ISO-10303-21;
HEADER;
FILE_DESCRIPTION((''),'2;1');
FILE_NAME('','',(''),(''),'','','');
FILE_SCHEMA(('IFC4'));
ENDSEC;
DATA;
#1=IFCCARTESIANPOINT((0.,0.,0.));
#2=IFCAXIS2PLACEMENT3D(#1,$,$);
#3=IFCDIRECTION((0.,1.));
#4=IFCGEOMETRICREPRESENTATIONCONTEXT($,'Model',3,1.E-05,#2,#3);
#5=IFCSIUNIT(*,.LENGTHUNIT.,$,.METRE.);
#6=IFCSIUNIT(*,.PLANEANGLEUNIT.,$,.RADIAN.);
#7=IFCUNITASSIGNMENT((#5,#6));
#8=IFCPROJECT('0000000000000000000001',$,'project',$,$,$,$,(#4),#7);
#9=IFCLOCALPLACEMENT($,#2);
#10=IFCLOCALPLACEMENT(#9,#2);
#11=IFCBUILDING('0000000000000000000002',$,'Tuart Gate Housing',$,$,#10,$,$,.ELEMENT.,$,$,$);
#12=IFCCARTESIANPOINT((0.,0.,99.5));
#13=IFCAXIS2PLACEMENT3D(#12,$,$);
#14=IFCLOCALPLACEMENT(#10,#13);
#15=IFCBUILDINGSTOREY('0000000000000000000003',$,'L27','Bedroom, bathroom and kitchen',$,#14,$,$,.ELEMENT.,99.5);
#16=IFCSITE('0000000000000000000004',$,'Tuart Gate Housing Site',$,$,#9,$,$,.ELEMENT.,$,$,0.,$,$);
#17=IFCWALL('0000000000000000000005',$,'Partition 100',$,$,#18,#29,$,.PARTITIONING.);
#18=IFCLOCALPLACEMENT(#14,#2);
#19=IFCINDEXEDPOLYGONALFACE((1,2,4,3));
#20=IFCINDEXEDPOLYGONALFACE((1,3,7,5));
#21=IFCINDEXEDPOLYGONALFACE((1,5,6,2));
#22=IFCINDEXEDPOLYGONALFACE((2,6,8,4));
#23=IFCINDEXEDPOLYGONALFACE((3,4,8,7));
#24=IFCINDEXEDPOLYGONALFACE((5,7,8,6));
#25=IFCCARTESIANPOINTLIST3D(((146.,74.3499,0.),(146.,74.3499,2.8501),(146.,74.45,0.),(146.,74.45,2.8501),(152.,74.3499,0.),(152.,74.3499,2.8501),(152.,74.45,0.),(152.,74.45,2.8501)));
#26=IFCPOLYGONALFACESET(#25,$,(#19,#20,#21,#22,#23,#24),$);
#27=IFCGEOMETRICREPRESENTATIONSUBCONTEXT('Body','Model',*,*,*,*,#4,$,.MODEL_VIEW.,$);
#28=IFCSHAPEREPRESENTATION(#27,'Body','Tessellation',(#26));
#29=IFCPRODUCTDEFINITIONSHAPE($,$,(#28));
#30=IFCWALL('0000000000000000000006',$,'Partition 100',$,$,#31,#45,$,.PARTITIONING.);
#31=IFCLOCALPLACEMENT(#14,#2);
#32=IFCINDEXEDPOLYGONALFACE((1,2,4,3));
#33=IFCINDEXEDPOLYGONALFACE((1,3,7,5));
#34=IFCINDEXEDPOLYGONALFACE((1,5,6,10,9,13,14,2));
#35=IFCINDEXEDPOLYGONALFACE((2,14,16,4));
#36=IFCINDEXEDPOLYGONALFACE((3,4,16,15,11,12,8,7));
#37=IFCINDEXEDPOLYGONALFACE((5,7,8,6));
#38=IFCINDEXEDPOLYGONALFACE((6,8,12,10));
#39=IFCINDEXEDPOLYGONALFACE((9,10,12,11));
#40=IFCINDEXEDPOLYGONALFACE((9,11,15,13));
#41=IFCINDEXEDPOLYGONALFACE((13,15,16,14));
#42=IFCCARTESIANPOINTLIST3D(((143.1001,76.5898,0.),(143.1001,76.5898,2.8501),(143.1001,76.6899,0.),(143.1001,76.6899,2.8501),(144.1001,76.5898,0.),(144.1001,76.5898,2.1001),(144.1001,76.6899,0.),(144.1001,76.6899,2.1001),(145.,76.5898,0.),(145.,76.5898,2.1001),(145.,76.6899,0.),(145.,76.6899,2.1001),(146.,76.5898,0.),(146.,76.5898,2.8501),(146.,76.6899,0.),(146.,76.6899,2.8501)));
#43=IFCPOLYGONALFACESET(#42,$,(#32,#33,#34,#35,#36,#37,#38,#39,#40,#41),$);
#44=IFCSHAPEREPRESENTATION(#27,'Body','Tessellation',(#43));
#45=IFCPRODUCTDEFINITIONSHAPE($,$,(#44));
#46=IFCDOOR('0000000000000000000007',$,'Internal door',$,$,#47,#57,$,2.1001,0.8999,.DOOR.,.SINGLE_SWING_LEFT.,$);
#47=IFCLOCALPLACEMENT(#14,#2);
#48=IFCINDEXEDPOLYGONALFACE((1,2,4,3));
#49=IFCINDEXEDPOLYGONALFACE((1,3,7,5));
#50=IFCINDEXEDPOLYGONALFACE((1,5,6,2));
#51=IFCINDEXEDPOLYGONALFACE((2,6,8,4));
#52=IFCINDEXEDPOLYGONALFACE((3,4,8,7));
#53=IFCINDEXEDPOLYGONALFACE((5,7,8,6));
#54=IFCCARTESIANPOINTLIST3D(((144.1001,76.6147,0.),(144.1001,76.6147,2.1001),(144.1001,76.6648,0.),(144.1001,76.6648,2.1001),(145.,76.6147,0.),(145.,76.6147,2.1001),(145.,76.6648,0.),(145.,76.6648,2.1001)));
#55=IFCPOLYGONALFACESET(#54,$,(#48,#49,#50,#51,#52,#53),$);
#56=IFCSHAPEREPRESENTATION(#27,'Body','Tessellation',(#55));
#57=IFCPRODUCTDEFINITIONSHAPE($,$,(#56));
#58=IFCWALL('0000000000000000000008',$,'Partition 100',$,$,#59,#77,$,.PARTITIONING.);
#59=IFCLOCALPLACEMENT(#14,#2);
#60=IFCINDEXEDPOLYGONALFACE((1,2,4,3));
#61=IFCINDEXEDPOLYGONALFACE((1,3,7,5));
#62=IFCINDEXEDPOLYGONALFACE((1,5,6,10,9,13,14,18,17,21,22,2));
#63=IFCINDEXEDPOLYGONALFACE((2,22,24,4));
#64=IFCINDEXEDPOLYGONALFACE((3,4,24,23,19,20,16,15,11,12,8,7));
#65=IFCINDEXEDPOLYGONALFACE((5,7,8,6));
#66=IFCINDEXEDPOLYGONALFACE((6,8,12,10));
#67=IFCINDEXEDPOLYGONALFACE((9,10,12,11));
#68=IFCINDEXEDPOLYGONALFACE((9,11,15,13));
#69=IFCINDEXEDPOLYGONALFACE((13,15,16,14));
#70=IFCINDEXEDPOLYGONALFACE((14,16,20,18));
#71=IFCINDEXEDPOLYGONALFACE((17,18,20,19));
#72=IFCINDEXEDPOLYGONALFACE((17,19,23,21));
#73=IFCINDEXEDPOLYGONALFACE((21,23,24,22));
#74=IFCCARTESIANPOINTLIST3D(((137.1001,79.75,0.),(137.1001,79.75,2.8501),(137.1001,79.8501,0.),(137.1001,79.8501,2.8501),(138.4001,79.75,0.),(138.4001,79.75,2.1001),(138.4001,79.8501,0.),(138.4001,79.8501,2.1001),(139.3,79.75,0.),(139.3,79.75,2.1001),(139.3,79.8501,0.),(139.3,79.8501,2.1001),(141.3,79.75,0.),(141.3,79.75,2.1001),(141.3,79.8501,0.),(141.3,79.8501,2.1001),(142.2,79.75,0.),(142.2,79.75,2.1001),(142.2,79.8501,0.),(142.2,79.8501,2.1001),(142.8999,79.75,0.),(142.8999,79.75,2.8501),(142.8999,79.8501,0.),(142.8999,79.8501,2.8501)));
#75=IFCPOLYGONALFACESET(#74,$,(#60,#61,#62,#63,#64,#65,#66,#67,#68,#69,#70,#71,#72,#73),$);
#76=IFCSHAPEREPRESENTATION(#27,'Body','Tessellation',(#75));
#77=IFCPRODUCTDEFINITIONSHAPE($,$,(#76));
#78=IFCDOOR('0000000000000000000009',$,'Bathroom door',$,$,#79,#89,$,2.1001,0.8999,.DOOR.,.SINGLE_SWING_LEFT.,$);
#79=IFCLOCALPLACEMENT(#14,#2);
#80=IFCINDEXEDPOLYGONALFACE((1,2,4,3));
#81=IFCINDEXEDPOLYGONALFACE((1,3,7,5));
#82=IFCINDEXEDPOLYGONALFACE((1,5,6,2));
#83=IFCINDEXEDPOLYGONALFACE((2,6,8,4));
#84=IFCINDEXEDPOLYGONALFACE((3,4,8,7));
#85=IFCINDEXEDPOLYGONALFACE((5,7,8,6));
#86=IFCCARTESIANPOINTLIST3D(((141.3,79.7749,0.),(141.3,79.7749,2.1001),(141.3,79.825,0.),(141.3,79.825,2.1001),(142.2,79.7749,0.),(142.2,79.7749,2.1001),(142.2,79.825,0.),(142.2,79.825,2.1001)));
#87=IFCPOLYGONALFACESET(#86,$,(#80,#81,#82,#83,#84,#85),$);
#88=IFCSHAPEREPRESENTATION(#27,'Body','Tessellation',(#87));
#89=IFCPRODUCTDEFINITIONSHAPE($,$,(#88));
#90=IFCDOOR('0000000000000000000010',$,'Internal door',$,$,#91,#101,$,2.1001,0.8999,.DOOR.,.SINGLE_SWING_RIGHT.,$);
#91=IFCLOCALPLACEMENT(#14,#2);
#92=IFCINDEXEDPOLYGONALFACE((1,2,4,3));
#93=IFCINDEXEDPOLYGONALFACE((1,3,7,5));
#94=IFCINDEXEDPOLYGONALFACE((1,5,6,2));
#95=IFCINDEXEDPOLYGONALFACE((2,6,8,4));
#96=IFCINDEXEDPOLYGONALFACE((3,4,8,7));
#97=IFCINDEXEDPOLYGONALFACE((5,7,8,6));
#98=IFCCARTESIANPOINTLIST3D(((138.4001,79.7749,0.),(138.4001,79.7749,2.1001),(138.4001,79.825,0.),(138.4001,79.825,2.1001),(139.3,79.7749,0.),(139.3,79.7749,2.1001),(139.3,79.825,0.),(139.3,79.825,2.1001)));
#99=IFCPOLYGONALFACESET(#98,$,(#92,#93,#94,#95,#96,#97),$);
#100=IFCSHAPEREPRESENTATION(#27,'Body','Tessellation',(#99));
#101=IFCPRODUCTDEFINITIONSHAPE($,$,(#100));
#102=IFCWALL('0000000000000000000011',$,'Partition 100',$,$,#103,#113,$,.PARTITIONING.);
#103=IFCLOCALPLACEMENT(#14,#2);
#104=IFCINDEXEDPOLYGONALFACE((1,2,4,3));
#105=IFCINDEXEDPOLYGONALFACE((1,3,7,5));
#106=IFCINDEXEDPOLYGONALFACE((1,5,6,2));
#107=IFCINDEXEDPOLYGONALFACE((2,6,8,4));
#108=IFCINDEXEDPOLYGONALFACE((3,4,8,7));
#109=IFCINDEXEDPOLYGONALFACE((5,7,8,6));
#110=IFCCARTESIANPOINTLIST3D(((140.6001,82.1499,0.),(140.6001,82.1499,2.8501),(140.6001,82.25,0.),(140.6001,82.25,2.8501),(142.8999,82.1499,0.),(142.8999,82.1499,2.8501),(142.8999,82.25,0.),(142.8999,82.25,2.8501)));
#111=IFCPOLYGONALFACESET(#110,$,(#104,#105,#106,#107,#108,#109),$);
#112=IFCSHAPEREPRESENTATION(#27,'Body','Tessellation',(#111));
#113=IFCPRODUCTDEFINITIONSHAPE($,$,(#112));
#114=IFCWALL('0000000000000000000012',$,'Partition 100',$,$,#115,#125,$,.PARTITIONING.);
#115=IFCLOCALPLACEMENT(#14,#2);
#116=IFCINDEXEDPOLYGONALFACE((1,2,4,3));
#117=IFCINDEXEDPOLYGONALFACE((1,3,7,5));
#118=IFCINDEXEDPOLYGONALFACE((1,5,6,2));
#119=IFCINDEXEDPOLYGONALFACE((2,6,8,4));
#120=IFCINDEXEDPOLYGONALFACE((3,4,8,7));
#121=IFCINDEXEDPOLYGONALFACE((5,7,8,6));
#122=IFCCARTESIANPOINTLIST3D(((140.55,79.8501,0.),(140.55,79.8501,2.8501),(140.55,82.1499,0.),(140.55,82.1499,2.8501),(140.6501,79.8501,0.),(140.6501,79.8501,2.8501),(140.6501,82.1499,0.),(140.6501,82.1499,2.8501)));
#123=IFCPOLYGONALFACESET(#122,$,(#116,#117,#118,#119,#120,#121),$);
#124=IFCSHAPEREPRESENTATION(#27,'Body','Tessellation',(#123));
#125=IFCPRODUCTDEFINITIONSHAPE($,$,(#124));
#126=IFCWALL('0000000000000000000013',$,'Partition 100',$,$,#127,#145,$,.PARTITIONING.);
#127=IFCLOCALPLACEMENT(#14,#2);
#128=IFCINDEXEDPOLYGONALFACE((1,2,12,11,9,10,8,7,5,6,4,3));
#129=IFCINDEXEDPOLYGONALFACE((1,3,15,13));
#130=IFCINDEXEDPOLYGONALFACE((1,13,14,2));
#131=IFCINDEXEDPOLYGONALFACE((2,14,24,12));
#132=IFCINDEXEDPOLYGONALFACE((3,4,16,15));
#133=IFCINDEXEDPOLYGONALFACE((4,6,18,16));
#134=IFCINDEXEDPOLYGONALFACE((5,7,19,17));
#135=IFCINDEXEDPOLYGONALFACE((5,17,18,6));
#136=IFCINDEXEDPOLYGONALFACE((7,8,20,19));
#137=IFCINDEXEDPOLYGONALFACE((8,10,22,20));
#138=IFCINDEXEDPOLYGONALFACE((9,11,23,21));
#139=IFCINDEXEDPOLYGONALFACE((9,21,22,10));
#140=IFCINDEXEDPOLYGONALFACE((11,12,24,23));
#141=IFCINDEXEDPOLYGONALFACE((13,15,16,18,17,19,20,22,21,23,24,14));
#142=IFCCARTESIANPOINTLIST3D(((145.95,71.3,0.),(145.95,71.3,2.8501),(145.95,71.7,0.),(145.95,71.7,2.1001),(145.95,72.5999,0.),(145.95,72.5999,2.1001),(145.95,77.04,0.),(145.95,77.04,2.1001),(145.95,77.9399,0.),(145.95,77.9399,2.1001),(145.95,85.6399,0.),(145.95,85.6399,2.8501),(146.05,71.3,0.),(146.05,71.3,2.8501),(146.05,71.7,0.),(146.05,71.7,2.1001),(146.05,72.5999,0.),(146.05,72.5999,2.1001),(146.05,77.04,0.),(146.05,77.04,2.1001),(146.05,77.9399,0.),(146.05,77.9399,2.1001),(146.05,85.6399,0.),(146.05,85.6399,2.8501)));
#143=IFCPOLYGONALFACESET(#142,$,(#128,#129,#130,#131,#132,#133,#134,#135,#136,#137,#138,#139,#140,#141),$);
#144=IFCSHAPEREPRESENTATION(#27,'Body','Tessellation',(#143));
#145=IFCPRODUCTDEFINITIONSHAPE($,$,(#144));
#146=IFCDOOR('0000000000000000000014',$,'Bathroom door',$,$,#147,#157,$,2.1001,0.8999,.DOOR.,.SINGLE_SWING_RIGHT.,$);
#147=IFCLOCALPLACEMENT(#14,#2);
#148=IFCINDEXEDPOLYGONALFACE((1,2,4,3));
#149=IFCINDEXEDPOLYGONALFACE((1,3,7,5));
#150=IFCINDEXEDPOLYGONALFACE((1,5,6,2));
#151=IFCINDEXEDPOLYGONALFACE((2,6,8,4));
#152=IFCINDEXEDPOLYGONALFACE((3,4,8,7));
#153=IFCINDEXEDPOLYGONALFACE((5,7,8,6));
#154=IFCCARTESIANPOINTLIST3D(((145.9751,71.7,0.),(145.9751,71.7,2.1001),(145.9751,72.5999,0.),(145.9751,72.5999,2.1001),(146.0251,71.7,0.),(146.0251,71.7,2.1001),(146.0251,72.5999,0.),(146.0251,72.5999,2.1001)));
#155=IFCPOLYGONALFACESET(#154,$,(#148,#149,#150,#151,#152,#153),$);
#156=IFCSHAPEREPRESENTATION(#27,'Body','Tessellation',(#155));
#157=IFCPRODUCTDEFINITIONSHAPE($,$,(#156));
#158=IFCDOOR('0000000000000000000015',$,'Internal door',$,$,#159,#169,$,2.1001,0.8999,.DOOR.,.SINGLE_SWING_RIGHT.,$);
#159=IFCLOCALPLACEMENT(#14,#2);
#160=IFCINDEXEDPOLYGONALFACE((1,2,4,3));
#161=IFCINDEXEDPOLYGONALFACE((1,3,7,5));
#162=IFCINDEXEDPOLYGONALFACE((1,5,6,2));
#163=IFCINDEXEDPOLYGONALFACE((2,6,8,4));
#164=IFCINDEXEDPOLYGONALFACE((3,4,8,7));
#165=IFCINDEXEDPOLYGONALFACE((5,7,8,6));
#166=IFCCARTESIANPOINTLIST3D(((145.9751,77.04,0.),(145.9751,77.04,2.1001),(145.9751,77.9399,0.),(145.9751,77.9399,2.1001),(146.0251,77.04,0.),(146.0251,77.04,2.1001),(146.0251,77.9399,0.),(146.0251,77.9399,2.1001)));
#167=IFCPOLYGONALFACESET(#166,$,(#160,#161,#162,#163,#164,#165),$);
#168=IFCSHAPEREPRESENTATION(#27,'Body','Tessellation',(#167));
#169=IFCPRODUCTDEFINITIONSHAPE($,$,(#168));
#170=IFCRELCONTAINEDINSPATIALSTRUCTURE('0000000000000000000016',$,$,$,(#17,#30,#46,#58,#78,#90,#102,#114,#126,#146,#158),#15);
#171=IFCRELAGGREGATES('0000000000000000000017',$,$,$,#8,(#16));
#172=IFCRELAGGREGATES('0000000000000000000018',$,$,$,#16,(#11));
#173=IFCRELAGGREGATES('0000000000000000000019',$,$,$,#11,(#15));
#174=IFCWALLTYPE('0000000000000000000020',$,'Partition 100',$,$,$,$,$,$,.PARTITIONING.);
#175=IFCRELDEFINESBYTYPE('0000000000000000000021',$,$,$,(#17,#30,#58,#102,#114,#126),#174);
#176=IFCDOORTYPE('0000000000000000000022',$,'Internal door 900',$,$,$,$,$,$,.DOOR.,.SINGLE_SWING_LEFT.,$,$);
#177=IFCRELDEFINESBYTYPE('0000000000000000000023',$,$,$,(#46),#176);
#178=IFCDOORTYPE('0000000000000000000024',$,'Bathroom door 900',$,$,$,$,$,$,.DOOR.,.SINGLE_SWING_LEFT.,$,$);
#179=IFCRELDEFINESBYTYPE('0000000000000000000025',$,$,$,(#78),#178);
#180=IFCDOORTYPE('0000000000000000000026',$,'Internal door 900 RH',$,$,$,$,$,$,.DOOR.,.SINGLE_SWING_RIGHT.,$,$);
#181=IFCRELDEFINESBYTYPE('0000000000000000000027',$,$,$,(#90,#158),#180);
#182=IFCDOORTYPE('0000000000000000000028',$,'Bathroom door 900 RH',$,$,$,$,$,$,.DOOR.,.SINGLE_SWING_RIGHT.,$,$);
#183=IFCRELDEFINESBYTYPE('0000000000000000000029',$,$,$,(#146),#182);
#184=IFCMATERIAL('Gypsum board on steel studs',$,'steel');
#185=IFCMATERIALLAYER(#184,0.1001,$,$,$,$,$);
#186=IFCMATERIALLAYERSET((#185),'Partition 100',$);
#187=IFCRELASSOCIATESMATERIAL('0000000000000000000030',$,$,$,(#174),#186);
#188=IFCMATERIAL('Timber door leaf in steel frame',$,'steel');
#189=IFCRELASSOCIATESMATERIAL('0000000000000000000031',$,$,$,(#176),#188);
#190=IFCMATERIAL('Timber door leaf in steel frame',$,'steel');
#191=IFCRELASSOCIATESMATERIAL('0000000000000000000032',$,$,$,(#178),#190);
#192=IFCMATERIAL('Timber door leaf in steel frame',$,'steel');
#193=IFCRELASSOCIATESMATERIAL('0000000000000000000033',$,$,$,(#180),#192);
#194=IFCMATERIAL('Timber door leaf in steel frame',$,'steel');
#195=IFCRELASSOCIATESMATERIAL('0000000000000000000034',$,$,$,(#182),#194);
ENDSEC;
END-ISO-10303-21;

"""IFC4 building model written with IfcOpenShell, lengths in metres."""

from ifc_helpers import new_model, si_unit, direction, frame, frame_2d, origin, place, context, subcontext, project, spatial, rectangle, extrude, material, layer, layer_set, type_object, element, fill, save


model = new_model("IFC4")

# Units and contexts
model_context = context("Model", 3, precision=1e-05, world=origin(), true_north=direction((0.0, 1.0)))
body_context = subcontext(model_context, "Body", "Model", "MODEL_VIEW")
ifc_project = project(units=[si_unit("LENGTHUNIT", "METRE"), si_unit("PLANEANGLEUNIT", "RADIAN")], contexts=[model_context])

# Site, building, storey
site_placement = place(None, origin())
site = spatial("IfcSite", under=ifc_project, at=site_placement, Name="Tuart Gate Housing Site", CompositionType="ELEMENT", RefElevation=0.0)
building_placement = place(site_placement, origin())
building = spatial("IfcBuilding", under=site, at=building_placement, Name="Tuart Gate Housing", CompositionType="ELEMENT")
storey_placement = place(building_placement, frame((0.0, 0.0, 99.5)))
storey = spatial("IfcBuildingStorey", under=building, at=storey_placement, Name="L27", Description="Bedroom, bathroom and kitchen", CompositionType="ELEMENT", Elevation=99.5)

# Wall
ifc_material_1 = material(Name="Gypsum board on steel studs", Category="steel")
ifc_layer_1 = layer(ifc_material_1, 0.1001)
ifc_layer_set_1 = layer_set([ifc_layer_1], Name="Partition 100")
wall_type_1 = type_object("IfcWallType", Name="Partition 100", PredefinedType="PARTITIONING", material=ifc_layer_set_1)
wall_1_placement = place(storey_placement, frame((146.0, 74.3999, 0.0), z_axis=(0.0, 0.0, 1.0), x_axis=(1.0, 0.0, 0.0)))
element("IfcWall", 1, at=wall_1_placement, inside=storey, type_object=wall_type_1, Name="Partition 100", PredefinedType="PARTITIONING", context=body_context, shape_type="SweptSolid", body=[
    extrude(rectangle(XDim=6.0, YDim=0.1001, at=frame_2d((3.0, 0.0))), origin(), (0.0, 0.0, 1.0), 2.8501),
])

# Wall, opening, door
wall_2_placement = place(storey_placement, frame((143.1001, 76.6399, 0.0), z_axis=(0.0, 0.0, 1.0), x_axis=(1.0, 0.0, 0.0)))
wall_2 = element("IfcWall", 2, at=wall_2_placement, inside=storey, type_object=wall_type_1, Name="Partition 100", PredefinedType="PARTITIONING", context=body_context, shape_type="SweptSolid", body=[
    extrude(rectangle(XDim=2.8999, YDim=0.1001, at=frame_2d((1.45, 0.0))), origin(), (0.0, 0.0, 1.0), 2.8501),
])
opening_1_placement = place(wall_2_placement, frame((1.0, 0.0, 0.0)))
opening_1 = element("IfcOpeningElement", 3, at=opening_1_placement, cuts=wall_2, PredefinedType="OPENING", context=body_context, shape_type="SweptSolid", body=[
    extrude(rectangle(XDim=0.8999, YDim=2.1001, at=frame_2d((0.45, 1.05))), frame((0.0, 0.0601, 0.0), z_axis=(0.0, -1.0, 0.0), x_axis=(1.0, 0.0, 0.0)), (0.0, 0.0, 1.0), 0.1201),
])
ifc_material_2 = material(Name="Timber door leaf in steel frame", Category="steel")
door_type_1 = type_object("IfcDoorType", Name="Internal door 900", OperationType="SINGLE_SWING_LEFT", PredefinedType="DOOR", material=ifc_material_2)
door_1_placement = place(opening_1_placement, frame((0.8999, 0.0, 0.0), z_axis=(0.0, 0.0, 1.0), x_axis=(-1.0, 0.0, 0.0)))
door_1 = element("IfcDoor", 4, at=door_1_placement, inside=storey, type_object=door_type_1, Name="Internal door", OperationType="SINGLE_SWING_LEFT", OverallHeight=2.1001, OverallWidth=0.8999, PredefinedType="DOOR", context=body_context, shape_type="SweptSolid", body=[
    extrude(rectangle(XDim=0.8999, YDim=2.1001, at=frame_2d((0.45, 1.05))), frame((0.0, 0.0251, 0.0), z_axis=(0.0, -1.0, 0.0), x_axis=(1.0, 0.0, 0.0)), (0.0, 0.0, 1.0), 0.05),
])
fill(opening_1, door_1)

# Wall, openings, doors
wall_3_placement = place(storey_placement, frame((137.1001, 79.8, 0.0), z_axis=(0.0, 0.0, 1.0), x_axis=(1.0, 0.0, 0.0)))
wall_3 = element("IfcWall", 5, at=wall_3_placement, inside=storey, type_object=wall_type_1, Name="Partition 100", PredefinedType="PARTITIONING", context=body_context, shape_type="SweptSolid", body=[
    extrude(rectangle(XDim=5.7998, YDim=0.1001, at=frame_2d((2.8999, 0.0))), origin(), (0.0, 0.0, 1.0), 2.8501),
])
opening_2_placement = place(wall_3_placement, frame((1.3, 0.0, 0.0)))
opening_2 = element("IfcOpeningElement", 6, at=opening_2_placement, cuts=wall_3, PredefinedType="OPENING", context=body_context, shape_type="SweptSolid", body=[
    extrude(rectangle(XDim=0.8999, YDim=2.1001, at=frame_2d((0.45, 1.05))), frame((0.0, 0.0601, 0.0), z_axis=(0.0, -1.0, 0.0), x_axis=(1.0, 0.0, 0.0)), (0.0, 0.0, 1.0), 0.1201),
])
opening_3_placement = place(wall_3_placement, frame((4.2, 0.0, 0.0)))
opening_3 = element("IfcOpeningElement", 7, at=opening_3_placement, cuts=wall_3, PredefinedType="OPENING", context=body_context, shape_type="SweptSolid", body=[
    extrude(rectangle(XDim=0.8999, YDim=2.1001, at=frame_2d((0.45, 1.05))), frame((0.0, 0.0601, 0.0), z_axis=(0.0, -1.0, 0.0), x_axis=(1.0, 0.0, 0.0)), (0.0, 0.0, 1.0), 0.1201),
])
ifc_material_3 = material(Name="Timber door leaf in steel frame", Category="steel")
door_type_2 = type_object("IfcDoorType", Name="Bathroom door 900", OperationType="SINGLE_SWING_LEFT", PredefinedType="DOOR", material=ifc_material_3)
door_2_placement = place(opening_3_placement, origin())
door_2 = element("IfcDoor", 8, at=door_2_placement, inside=storey, type_object=door_type_2, Name="Bathroom door", OperationType="SINGLE_SWING_LEFT", OverallHeight=2.1001, OverallWidth=0.8999, PredefinedType="DOOR", context=body_context, shape_type="SweptSolid", body=[
    extrude(rectangle(XDim=0.8999, YDim=2.1001, at=frame_2d((0.45, 1.05))), frame((0.0, 0.0249, 0.0), z_axis=(0.0, -1.0, 0.0), x_axis=(1.0, 0.0, 0.0)), (0.0, 0.0, 1.0), 0.05),
])
fill(opening_3, door_2)
ifc_material_4 = material(Name="Timber door leaf in steel frame", Category="steel")
door_type_3 = type_object("IfcDoorType", Name="Internal door 900 RH", OperationType="SINGLE_SWING_RIGHT", PredefinedType="DOOR", material=ifc_material_4)
door_3_placement = place(opening_2_placement, origin())
door_3 = element("IfcDoor", 9, at=door_3_placement, inside=storey, type_object=door_type_3, Name="Internal door", OperationType="SINGLE_SWING_RIGHT", OverallHeight=2.1001, OverallWidth=0.8999, PredefinedType="DOOR", context=body_context, shape_type="SweptSolid", body=[
    extrude(rectangle(XDim=0.8999, YDim=2.1001, at=frame_2d((0.45, 1.05))), frame((0.0, 0.0249, 0.0), z_axis=(0.0, -1.0, 0.0), x_axis=(1.0, 0.0, 0.0)), (0.0, 0.0, 1.0), 0.05),
])
fill(opening_2, door_3)

# Walls
for number, where, z_axis, x_axis, name in (
    (10, (140.6001, 82.2, 0.0), (0.0, 0.0, 1.0), (1.0, 0.0, 0.0), "Partition 100"),
    (11, (140.6001, 79.8501, 0.0), (0.0, 0.0, 1.0), (0.0, 1.0, 0.0), "Partition 100"),
):
    element("IfcWall", number, at=place(storey_placement, frame(where, z_axis=z_axis, x_axis=x_axis)), inside=storey, type_object=wall_type_1, Name=name, PredefinedType="PARTITIONING", context=body_context, shape_type="SweptSolid", body=[
        extrude(rectangle(XDim=2.2998, YDim=0.1001, at=frame_2d((1.1499, 0.0))), origin(), (0.0, 0.0, 1.0), 2.8501),
    ])

# Wall, openings, doors
wall_4_placement = place(storey_placement, frame((146.0, 71.3, 0.0), z_axis=(0.0, 0.0, 1.0), x_axis=(0.0, 1.0, 0.0)))
wall_4 = element("IfcWall", 12, at=wall_4_placement, inside=storey, type_object=wall_type_1, Name="Partition 100", PredefinedType="PARTITIONING", context=body_context, shape_type="SweptSolid", body=[
    extrude(rectangle(XDim=14.3398, YDim=0.1001, at=frame_2d((7.1699, 0.0))), origin(), (0.0, 0.0, 1.0), 2.8501),
])
opening_4_placement = place(wall_4_placement, frame((5.74, 0.0, 0.0)))
opening_4 = element("IfcOpeningElement", 13, at=opening_4_placement, cuts=wall_4, PredefinedType="OPENING", context=body_context, shape_type="SweptSolid", body=[
    extrude(rectangle(XDim=0.8999, YDim=2.1001, at=frame_2d((0.45, 1.05))), frame((0.0, 0.0601, 0.0), z_axis=(0.0, -1.0, 0.0), x_axis=(1.0, 0.0, 0.0)), (0.0, 0.0, 1.0), 0.1201),
])
opening_5_placement = place(wall_4_placement, frame((0.3999, 0.0, 0.0)))
opening_5 = element("IfcOpeningElement", 14, at=opening_5_placement, cuts=wall_4, PredefinedType="OPENING", context=body_context, shape_type="SweptSolid", body=[
    extrude(rectangle(XDim=0.8999, YDim=2.1001, at=frame_2d((0.45, 1.05))), frame((0.0, 0.0601, 0.0), z_axis=(0.0, -1.0, 0.0), x_axis=(1.0, 0.0, 0.0)), (0.0, 0.0, 1.0), 0.1201),
])
ifc_material_5 = material(Name="Timber door leaf in steel frame", Category="steel")
door_type_4 = type_object("IfcDoorType", Name="Bathroom door 900 RH", OperationType="SINGLE_SWING_RIGHT", PredefinedType="DOOR", material=ifc_material_5)
door_4_placement = place(opening_5_placement, frame((0.8999, 0.0, 0.0), z_axis=(0.0, 0.0, 1.0), x_axis=(-1.0, 0.0, 0.0)))
door_4 = element("IfcDoor", 15, at=door_4_placement, inside=storey, type_object=door_type_4, Name="Bathroom door", OperationType="SINGLE_SWING_RIGHT", OverallHeight=2.1001, OverallWidth=0.8999, PredefinedType="DOOR", context=body_context, shape_type="SweptSolid", body=[
    extrude(rectangle(XDim=0.8999, YDim=2.1001, at=frame_2d((0.45, 1.05))), frame((0.0, 0.0251, 0.0), z_axis=(0.0, -1.0, 0.0), x_axis=(1.0, 0.0, 0.0)), (0.0, 0.0, 1.0), 0.05),
])
fill(opening_5, door_4)
door_5_placement = place(opening_4_placement, frame((0.8999, 0.0, 0.0), z_axis=(0.0, 0.0, 1.0), x_axis=(-1.0, 0.0, 0.0)))
door_5 = element("IfcDoor", 16, at=door_5_placement, inside=storey, type_object=door_type_3, Name="Internal door", OperationType="SINGLE_SWING_RIGHT", OverallHeight=2.1001, OverallWidth=0.8999, PredefinedType="DOOR", context=body_context, shape_type="SweptSolid", body=[
    extrude(rectangle(XDim=0.8999, YDim=2.1001, at=frame_2d((0.45, 1.05))), frame((0.0, 0.0251, 0.0), z_axis=(0.0, -1.0, 0.0), x_axis=(1.0, 0.0, 0.0)), (0.0, 0.0, 1.0), 0.05),
])
fill(opening_4, door_5)

save(model, "model.ifc")
